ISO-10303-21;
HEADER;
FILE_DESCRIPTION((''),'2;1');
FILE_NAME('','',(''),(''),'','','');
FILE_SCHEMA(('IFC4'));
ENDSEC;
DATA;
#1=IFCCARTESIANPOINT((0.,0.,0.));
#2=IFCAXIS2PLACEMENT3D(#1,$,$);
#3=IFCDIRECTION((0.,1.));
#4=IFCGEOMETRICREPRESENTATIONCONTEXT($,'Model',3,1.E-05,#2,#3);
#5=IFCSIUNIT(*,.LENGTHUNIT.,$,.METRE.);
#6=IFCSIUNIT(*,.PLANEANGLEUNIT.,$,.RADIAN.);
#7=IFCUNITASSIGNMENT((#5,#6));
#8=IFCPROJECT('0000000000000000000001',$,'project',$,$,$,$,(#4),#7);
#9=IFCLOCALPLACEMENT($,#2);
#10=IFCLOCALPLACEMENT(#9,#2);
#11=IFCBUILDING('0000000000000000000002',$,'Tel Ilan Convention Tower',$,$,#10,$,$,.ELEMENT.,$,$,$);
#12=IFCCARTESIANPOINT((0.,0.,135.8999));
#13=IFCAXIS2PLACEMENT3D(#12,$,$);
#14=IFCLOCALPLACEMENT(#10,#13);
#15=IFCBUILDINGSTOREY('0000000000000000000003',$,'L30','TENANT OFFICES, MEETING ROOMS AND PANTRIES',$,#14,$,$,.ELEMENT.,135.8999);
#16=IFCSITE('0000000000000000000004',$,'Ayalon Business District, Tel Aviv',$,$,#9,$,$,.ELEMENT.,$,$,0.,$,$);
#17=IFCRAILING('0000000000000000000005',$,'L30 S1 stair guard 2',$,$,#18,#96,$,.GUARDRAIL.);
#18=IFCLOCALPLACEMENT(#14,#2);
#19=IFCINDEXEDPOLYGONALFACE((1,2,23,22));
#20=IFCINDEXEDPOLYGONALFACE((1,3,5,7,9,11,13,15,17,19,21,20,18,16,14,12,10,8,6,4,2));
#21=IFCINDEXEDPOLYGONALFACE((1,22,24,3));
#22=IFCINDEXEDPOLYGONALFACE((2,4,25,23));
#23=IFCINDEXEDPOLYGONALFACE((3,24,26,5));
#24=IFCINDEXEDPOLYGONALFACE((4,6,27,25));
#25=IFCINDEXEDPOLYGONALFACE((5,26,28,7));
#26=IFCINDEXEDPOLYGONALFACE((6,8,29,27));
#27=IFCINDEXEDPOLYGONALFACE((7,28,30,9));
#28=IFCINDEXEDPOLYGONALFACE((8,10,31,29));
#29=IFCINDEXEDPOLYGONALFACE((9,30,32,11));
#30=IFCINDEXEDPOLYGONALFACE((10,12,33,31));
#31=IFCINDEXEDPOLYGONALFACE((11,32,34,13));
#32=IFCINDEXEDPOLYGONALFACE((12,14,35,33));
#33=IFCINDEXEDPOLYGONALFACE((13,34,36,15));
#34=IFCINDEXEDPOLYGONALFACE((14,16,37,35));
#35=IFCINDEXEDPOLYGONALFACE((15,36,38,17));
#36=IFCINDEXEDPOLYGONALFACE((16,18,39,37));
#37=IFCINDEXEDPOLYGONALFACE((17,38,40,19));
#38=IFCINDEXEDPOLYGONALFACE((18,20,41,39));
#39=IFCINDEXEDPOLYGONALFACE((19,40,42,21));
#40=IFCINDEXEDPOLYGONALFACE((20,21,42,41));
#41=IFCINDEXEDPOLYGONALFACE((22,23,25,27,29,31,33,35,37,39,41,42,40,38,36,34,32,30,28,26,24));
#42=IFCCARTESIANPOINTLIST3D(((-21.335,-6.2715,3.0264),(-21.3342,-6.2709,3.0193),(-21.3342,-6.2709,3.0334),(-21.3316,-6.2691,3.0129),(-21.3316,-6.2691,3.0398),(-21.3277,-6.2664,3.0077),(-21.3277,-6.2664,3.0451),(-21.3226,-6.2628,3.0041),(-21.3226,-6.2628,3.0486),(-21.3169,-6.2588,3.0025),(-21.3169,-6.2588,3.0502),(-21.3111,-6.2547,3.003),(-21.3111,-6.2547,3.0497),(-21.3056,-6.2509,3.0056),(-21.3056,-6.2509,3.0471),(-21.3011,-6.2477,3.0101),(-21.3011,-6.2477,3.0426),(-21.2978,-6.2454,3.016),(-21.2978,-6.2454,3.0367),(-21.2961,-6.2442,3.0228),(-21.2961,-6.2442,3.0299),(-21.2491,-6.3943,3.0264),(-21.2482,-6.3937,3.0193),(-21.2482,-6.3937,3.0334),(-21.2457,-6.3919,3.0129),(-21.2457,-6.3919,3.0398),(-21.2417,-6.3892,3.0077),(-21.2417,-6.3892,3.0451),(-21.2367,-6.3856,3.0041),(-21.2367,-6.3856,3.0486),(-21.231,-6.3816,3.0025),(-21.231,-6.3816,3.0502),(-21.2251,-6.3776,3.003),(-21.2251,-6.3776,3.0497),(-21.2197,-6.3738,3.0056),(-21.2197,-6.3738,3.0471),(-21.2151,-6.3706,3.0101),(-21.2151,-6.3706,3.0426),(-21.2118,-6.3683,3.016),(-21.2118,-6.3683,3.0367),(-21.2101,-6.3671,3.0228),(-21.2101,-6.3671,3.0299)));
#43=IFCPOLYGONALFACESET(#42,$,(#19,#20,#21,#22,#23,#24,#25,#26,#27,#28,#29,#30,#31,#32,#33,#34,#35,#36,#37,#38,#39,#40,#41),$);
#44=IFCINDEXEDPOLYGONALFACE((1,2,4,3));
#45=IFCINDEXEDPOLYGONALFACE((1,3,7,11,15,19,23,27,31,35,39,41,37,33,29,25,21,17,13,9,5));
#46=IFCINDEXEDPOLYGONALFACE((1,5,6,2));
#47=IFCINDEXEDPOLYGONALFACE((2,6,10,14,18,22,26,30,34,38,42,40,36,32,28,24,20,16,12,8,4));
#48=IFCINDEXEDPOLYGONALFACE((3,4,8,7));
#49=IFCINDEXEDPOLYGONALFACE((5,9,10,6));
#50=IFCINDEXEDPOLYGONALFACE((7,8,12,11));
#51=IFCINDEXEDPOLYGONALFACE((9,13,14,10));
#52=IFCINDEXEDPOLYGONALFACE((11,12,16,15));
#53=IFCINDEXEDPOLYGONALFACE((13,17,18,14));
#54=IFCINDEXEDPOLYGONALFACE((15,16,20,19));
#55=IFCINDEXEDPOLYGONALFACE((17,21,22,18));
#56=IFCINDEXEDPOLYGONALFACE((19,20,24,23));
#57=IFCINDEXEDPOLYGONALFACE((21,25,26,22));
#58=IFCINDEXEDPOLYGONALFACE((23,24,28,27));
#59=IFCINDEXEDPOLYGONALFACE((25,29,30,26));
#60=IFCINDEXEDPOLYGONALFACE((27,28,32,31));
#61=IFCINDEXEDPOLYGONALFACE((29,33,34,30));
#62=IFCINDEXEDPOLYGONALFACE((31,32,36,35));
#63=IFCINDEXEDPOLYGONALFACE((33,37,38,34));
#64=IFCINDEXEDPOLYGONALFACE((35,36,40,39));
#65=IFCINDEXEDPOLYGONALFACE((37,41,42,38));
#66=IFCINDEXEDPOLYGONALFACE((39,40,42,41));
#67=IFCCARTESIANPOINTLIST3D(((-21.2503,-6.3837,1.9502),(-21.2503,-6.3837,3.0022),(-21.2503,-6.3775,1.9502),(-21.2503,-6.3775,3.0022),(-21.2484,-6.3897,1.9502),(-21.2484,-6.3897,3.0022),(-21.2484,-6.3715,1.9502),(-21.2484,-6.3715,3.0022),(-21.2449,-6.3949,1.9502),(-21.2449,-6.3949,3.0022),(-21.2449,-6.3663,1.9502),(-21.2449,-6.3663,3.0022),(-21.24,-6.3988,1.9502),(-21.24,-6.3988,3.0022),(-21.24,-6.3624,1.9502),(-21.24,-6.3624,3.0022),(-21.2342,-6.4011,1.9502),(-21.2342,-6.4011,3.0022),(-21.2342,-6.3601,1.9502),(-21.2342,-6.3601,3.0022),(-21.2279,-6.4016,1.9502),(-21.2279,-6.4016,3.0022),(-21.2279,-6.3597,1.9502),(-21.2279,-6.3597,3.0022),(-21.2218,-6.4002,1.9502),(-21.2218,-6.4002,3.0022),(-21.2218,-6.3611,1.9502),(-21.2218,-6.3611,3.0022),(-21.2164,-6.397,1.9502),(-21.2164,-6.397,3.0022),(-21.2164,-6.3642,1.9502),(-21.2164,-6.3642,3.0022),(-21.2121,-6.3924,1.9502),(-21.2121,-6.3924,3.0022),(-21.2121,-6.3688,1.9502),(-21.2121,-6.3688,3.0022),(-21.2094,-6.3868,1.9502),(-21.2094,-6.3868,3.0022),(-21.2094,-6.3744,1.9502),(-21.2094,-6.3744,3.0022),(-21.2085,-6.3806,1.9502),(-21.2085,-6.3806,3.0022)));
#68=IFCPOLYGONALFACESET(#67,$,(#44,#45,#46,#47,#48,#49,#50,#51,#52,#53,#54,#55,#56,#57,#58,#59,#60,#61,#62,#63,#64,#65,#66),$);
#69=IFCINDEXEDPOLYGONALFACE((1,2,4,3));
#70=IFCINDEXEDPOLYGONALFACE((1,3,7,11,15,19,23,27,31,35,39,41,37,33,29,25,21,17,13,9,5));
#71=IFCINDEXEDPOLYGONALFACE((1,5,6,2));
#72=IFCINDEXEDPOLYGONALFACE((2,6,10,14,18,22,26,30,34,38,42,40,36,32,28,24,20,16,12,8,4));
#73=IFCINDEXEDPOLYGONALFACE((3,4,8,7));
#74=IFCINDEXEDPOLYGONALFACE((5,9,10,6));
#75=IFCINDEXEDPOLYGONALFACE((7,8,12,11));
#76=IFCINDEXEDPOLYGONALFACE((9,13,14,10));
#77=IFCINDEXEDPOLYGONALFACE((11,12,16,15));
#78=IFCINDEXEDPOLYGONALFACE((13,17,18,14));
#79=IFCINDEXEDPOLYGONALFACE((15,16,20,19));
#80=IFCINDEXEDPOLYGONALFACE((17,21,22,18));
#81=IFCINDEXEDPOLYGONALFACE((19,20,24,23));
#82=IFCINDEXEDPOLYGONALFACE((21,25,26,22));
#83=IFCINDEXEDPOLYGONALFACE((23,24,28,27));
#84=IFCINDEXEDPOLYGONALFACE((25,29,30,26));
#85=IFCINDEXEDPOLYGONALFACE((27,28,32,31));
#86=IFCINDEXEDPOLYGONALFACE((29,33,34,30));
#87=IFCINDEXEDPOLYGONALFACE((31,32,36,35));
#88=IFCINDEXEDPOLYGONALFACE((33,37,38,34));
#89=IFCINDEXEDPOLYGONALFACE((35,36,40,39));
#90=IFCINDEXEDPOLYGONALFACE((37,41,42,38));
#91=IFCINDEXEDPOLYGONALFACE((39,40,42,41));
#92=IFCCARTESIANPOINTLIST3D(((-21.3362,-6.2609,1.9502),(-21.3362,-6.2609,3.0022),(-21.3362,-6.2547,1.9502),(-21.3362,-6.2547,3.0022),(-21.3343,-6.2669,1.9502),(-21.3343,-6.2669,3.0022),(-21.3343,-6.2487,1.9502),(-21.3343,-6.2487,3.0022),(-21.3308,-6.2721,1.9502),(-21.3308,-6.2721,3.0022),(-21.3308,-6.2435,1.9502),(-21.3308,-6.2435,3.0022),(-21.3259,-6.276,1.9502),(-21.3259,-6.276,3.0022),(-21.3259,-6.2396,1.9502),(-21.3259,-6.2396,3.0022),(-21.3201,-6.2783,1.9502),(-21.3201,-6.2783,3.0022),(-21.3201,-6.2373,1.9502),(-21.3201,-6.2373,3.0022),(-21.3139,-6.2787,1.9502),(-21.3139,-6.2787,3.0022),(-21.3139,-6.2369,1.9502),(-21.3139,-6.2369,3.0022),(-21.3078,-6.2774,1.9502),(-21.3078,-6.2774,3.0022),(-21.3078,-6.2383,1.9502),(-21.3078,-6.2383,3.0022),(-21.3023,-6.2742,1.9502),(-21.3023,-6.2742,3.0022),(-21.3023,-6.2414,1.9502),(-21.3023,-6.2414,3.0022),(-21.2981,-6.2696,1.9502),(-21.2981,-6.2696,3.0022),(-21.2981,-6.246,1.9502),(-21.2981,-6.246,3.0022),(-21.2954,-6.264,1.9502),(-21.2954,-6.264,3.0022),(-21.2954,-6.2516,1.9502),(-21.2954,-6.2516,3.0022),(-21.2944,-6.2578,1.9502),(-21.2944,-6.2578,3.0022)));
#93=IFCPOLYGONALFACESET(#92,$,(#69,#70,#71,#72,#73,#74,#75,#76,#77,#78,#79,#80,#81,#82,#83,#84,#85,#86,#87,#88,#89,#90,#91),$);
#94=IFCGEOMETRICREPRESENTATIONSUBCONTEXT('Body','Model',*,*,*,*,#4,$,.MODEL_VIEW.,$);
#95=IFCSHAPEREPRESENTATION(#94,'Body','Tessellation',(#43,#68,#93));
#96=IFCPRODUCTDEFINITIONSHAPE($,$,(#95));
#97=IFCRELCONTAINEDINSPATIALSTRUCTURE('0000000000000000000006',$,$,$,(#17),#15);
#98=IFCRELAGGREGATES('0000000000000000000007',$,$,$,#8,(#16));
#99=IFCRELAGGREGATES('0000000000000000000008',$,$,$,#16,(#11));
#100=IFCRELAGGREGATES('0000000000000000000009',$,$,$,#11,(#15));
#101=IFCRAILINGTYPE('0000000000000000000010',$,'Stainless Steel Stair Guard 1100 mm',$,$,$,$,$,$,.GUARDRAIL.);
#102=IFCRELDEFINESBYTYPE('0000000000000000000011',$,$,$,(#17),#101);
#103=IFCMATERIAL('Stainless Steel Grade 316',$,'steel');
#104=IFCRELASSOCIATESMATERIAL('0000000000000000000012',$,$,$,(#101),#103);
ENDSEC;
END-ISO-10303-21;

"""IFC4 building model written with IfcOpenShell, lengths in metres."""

from ifc_helpers import new_model, si_unit, direction, frame, origin, origin_2d, place, context, subcontext, project, spatial, circle, extrude, material, type_object, element, save


model = new_model("IFC4")

# Units and contexts
model_context = context("Model", 3, precision=1e-05, world=origin(), true_north=direction((0.0, 1.0)))
body_context = subcontext(model_context, "Body", "Model", "MODEL_VIEW")
ifc_project = project(units=[si_unit("LENGTHUNIT", "METRE"), si_unit("PLANEANGLEUNIT", "RADIAN")], contexts=[model_context])

# Site, building, storey
site_placement = place(None, origin())
site = spatial("IfcSite", under=ifc_project, at=site_placement, Name="Ayalon Business District, Tel Aviv", CompositionType="ELEMENT", RefElevation=0.0)
building_placement = place(site_placement, origin())
building = spatial("IfcBuilding", under=site, at=building_placement, Name="Tel Ilan Convention Tower", CompositionType="ELEMENT")
storey_placement = place(building_placement, frame((0.0, 0.0, 135.8999)))
storey = spatial("IfcBuildingStorey", under=building, at=storey_placement, Name="L30", Description="TENANT OFFICES, MEETING ROOMS AND PANTRIES", CompositionType="ELEMENT", Elevation=135.8999)

# Railing
ifc_material_1 = material(Name="Stainless Steel Grade 316", Category="steel")
railing_type_1 = type_object("IfcRailingType", Name="Stainless Steel Stair Guard 1100 mm", PredefinedType="GUARDRAIL", material=ifc_material_1)
railing_1_placement = place(storey_placement, frame((-21.2295, -6.3806, 1.9502)))
element("IfcRailing", 1, at=railing_1_placement, inside=storey, type_object=railing_type_1, Name="L30 S1 stair guard 2", PredefinedType="GUARDRAIL", context=body_context, shape_type="SweptSolid", body=[
    extrude(circle(Radius=0.0239, at=origin_2d()), frame((0.0, 0.0, 1.0762), z_axis=(-0.573353, 0.819308, 0.0), x_axis=(-0.819308, -0.573353, 0.0)), (0.0, 0.0, 1.0), 0.1499),
    extrude(circle(Radius=0.021, at=origin_2d()), origin(), (0.0, 0.0, 1.0), 1.052),
    extrude(circle(Radius=0.021, at=origin_2d()), frame((-0.0859, 0.1228, 0.0)), (0.0, 0.0, 1.0), 1.052),
])

save(model, "model.ifc")
